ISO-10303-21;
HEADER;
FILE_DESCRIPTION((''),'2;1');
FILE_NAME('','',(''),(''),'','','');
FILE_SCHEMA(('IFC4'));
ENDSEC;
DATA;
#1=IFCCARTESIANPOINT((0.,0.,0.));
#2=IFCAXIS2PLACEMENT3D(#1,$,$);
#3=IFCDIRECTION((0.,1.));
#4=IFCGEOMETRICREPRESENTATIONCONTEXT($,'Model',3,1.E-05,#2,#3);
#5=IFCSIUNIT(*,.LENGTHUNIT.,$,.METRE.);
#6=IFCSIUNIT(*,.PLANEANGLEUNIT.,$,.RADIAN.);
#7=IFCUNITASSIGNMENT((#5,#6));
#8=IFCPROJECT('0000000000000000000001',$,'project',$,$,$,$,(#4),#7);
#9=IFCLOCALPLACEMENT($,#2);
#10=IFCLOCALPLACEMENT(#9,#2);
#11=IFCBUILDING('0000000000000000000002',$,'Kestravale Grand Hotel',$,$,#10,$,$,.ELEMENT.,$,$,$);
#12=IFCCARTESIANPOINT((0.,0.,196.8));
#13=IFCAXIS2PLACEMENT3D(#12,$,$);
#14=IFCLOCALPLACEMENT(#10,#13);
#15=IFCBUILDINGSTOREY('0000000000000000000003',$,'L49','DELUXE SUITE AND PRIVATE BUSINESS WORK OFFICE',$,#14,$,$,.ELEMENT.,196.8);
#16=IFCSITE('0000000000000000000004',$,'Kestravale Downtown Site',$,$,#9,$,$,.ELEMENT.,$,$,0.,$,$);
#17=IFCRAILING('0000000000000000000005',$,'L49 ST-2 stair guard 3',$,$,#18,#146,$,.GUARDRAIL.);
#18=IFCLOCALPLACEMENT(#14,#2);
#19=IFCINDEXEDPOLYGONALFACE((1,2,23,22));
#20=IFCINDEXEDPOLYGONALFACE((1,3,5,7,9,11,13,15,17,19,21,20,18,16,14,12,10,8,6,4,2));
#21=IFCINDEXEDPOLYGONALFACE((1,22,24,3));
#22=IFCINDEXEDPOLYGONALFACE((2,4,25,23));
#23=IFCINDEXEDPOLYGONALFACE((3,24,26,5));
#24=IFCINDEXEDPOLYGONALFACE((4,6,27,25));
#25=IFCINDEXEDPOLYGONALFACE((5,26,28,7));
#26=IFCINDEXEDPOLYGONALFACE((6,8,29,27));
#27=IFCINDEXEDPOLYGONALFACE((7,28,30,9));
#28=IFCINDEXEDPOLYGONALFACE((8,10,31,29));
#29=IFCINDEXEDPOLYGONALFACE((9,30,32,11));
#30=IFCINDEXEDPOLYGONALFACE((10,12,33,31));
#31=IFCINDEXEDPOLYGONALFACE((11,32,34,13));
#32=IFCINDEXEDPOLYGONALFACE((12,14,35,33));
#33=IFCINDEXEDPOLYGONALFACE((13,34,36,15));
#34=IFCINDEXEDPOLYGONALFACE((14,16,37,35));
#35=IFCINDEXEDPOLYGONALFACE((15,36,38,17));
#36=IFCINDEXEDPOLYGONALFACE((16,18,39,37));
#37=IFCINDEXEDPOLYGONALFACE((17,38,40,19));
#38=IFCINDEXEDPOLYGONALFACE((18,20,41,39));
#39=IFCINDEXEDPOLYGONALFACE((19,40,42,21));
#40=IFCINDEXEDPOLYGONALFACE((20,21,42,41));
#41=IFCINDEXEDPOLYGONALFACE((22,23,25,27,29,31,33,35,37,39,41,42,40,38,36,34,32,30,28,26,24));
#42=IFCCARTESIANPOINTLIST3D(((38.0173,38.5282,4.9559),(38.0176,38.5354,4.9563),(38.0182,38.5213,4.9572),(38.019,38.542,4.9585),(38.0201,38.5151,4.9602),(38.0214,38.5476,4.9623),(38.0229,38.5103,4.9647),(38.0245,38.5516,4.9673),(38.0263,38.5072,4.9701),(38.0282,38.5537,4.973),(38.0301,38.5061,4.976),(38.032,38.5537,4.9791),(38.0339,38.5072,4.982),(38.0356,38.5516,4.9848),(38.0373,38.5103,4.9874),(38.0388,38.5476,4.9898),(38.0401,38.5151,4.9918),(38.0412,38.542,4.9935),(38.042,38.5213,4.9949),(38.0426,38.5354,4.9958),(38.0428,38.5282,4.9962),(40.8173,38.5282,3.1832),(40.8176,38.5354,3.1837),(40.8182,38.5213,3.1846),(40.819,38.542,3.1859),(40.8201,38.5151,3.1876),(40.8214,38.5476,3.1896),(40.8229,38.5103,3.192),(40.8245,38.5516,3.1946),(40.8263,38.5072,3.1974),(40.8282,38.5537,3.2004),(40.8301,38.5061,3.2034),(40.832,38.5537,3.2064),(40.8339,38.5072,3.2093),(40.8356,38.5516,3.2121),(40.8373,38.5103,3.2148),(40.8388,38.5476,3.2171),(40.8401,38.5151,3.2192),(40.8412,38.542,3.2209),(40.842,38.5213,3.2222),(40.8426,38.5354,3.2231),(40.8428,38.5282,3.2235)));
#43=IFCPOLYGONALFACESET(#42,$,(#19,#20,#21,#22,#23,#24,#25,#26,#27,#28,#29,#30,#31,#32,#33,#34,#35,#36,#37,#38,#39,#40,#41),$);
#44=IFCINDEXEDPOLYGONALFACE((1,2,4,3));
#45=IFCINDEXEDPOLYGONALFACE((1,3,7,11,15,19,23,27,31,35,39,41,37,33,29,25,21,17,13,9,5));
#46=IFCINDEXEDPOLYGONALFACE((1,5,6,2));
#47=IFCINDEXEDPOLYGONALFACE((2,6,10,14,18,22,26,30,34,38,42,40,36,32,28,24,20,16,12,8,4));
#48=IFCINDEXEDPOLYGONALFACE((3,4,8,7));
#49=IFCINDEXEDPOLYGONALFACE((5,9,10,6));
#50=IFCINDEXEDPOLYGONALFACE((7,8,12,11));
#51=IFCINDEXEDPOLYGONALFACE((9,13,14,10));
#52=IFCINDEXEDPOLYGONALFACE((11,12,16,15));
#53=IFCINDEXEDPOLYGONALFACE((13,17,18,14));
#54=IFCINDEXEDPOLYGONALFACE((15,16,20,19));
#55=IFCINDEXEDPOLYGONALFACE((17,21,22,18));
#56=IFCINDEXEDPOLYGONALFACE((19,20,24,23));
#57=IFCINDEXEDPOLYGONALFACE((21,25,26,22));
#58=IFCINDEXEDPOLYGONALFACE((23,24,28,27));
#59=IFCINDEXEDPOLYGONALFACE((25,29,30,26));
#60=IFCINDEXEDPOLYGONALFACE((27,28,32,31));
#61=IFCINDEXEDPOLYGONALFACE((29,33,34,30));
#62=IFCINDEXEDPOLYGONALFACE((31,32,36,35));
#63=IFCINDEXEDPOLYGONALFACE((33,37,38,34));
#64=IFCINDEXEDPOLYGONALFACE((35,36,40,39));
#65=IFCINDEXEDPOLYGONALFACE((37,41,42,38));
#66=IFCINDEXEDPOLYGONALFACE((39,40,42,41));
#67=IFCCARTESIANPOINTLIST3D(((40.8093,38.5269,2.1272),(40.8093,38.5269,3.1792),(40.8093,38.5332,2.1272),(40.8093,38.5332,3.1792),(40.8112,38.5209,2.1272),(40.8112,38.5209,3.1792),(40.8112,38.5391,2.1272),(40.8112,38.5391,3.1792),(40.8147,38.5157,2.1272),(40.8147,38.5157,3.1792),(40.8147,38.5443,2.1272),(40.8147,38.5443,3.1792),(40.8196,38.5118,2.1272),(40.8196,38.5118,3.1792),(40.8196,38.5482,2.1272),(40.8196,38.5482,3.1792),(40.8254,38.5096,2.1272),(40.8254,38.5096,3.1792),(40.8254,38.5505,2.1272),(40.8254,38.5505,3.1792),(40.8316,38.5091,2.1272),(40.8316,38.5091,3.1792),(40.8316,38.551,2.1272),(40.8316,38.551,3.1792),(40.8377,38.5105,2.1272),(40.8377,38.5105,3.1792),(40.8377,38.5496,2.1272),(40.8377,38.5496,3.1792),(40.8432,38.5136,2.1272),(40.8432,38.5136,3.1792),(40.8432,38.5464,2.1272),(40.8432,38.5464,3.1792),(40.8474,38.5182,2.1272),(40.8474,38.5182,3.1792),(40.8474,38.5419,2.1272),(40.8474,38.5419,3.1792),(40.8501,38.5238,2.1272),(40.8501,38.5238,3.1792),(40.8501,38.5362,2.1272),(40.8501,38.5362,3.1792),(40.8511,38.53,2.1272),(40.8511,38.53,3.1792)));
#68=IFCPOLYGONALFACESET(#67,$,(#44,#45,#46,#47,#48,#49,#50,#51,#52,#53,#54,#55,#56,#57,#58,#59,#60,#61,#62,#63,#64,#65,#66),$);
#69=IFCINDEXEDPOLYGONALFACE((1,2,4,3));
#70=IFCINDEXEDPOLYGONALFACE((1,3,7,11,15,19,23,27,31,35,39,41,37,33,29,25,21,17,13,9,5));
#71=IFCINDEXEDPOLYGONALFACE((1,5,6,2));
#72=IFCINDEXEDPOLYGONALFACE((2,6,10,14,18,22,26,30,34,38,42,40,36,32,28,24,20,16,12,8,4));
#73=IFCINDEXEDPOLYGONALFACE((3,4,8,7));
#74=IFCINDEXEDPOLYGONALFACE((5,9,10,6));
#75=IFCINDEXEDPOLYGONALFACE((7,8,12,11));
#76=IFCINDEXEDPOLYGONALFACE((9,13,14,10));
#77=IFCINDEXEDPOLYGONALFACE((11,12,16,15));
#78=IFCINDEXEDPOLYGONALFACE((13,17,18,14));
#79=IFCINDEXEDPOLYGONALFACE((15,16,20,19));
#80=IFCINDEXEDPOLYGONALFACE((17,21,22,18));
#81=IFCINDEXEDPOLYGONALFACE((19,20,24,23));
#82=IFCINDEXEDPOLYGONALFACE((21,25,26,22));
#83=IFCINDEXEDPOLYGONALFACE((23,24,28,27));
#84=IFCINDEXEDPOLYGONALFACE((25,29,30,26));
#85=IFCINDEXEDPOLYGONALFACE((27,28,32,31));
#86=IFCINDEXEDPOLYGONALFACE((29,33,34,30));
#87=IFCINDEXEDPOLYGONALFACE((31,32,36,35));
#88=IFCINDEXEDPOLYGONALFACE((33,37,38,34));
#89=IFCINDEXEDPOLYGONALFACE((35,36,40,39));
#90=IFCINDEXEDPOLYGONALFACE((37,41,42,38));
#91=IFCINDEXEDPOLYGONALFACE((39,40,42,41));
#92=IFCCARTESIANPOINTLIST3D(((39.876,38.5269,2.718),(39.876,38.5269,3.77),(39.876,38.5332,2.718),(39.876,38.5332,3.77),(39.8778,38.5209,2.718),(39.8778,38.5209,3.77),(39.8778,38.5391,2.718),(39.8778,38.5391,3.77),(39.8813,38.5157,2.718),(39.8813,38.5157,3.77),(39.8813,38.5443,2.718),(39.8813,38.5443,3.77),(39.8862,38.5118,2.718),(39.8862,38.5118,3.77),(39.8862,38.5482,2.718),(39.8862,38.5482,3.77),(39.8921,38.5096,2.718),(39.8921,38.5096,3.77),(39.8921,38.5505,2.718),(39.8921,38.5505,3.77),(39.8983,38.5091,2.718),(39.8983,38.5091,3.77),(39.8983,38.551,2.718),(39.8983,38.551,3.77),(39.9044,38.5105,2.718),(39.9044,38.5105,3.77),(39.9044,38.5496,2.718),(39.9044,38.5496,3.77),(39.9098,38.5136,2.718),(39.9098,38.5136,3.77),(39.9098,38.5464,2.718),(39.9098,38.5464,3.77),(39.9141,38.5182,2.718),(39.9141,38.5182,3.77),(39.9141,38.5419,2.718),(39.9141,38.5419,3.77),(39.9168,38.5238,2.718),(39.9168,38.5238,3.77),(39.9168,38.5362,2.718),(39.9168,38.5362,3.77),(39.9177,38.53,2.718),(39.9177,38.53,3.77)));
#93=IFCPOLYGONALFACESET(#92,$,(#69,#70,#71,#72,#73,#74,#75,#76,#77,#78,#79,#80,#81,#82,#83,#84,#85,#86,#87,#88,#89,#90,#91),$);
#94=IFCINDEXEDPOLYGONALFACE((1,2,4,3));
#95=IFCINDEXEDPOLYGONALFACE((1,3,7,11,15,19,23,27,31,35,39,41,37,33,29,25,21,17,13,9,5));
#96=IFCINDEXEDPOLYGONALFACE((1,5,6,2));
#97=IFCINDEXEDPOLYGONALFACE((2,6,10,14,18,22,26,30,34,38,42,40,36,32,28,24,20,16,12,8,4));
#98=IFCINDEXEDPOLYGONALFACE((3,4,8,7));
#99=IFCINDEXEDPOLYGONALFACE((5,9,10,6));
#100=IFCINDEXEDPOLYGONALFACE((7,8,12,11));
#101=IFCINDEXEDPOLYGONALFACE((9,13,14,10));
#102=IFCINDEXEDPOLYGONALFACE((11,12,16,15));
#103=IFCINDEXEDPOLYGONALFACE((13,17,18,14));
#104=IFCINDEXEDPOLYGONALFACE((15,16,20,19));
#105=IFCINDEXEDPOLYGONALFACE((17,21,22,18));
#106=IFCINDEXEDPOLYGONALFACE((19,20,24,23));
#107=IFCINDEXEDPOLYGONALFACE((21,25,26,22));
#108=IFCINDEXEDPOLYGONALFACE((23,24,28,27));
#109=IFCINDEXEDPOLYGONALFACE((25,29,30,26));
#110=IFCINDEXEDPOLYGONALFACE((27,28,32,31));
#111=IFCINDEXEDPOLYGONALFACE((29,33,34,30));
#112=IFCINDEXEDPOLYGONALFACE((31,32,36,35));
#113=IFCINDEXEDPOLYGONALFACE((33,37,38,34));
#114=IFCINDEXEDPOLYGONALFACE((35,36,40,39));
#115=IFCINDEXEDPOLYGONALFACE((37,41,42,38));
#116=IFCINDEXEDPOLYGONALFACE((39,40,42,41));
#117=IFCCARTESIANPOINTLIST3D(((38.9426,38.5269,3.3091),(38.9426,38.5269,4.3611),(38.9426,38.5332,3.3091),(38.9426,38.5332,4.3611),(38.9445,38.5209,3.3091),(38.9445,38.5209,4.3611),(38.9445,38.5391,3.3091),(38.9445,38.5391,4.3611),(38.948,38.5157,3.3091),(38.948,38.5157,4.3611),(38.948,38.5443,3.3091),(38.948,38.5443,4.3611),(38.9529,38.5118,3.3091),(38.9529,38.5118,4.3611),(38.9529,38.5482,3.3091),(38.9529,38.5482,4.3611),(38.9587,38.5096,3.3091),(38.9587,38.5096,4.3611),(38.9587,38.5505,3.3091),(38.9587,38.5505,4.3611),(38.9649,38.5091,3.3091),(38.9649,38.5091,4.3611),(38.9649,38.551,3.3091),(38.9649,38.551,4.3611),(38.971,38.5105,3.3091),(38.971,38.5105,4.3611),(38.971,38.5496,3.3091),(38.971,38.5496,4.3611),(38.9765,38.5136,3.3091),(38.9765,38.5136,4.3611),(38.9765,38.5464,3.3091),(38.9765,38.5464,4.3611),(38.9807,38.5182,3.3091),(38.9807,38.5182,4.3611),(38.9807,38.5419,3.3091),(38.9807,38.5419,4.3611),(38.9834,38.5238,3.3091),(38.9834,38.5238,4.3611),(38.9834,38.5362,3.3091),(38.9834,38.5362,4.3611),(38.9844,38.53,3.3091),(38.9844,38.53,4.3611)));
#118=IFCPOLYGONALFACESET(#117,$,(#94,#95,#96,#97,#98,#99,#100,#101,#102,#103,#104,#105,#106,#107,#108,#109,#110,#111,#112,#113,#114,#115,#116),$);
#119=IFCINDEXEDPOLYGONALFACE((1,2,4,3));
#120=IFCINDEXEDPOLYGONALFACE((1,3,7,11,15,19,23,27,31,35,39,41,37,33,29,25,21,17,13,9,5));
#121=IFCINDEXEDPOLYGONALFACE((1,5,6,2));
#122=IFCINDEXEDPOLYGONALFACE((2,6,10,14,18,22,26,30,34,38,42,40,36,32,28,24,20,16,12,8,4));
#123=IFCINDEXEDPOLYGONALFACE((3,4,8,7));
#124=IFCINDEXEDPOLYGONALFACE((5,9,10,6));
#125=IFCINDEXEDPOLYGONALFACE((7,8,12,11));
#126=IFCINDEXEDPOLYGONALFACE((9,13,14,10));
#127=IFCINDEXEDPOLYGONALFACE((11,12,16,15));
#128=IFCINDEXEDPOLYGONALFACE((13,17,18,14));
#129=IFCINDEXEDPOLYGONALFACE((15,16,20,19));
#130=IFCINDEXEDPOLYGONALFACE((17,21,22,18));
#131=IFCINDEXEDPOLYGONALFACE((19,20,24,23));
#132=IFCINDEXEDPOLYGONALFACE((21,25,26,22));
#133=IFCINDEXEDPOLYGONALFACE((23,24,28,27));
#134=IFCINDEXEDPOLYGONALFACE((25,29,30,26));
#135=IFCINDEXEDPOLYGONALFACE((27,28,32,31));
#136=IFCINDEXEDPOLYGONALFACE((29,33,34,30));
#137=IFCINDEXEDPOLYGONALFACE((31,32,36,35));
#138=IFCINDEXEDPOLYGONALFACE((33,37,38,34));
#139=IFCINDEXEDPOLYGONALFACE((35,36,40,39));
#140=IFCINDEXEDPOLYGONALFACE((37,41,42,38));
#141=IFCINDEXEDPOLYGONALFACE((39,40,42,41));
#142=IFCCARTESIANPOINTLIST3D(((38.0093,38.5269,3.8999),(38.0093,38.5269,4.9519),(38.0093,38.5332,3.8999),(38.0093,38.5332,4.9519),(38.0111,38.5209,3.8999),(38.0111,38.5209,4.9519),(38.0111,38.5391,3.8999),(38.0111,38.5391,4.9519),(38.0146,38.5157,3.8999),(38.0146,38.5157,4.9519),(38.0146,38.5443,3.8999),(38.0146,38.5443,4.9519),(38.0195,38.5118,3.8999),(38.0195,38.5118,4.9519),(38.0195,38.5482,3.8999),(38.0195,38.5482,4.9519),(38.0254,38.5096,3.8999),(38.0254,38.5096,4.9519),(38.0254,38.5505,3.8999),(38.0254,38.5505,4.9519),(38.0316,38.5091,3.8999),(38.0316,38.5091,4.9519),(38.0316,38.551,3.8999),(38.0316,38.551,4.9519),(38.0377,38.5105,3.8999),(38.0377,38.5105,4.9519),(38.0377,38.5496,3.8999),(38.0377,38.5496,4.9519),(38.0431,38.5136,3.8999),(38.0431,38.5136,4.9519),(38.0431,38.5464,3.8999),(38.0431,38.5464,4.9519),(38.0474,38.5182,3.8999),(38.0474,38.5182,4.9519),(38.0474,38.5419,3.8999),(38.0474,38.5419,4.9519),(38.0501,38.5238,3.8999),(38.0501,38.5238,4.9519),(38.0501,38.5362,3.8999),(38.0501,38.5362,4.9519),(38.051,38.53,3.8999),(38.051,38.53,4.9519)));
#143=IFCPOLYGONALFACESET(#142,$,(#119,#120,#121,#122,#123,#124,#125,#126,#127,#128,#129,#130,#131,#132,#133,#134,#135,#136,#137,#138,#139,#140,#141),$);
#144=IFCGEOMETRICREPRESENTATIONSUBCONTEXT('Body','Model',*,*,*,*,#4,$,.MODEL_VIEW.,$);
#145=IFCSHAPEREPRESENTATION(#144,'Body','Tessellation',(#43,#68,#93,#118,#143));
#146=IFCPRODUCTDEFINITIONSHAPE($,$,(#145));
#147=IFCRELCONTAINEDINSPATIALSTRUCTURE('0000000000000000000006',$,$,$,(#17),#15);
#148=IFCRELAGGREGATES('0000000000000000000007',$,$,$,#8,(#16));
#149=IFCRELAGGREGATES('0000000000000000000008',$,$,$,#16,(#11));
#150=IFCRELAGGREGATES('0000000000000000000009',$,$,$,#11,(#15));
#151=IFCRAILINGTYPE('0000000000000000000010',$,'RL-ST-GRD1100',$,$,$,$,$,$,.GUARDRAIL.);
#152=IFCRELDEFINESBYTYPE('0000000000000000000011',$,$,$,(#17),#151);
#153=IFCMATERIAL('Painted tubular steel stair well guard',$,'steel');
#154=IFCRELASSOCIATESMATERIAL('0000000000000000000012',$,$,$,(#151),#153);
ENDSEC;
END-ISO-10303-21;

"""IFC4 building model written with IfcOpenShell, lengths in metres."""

from ifc_helpers import new_model, si_unit, direction, frame, origin, origin_2d, place, context, subcontext, project, spatial, circle, extrude, material, type_object, element, save


model = new_model("IFC4")

# Units and contexts
model_context = context("Model", 3, precision=1e-05, world=origin(), true_north=direction((0.0, 1.0)))
body_context = subcontext(model_context, "Body", "Model", "MODEL_VIEW")
ifc_project = project(units=[si_unit("LENGTHUNIT", "METRE"), si_unit("PLANEANGLEUNIT", "RADIAN")], contexts=[model_context])

# Site, building, storey
site_placement = place(None, origin())
site = spatial("IfcSite", under=ifc_project, at=site_placement, Name="Kestravale Downtown Site", CompositionType="ELEMENT", RefElevation=0.0)
building_placement = place(site_placement, origin())
building = spatial("IfcBuilding", under=site, at=building_placement, Name="Kestravale Grand Hotel", CompositionType="ELEMENT")
storey_placement = place(building_placement, frame((0.0, 0.0, 196.8)))
storey = spatial("IfcBuildingStorey", under=building, at=storey_placement, Name="L49", Description="DELUXE SUITE AND PRIVATE BUSINESS WORK OFFICE", CompositionType="ELEMENT", Elevation=196.8)

# Railing
ifc_material_1 = material(Name="Painted tubular steel stair well guard", Category="steel")
railing_type_1 = type_object("IfcRailingType", Name="RL-ST-GRD1100", PredefinedType="GUARDRAIL", material=ifc_material_1)
railing_1_placement = place(storey_placement, frame((40.8301, 38.53, 2.1272)))
element("IfcRailing", 1, at=railing_1_placement, inside=storey, type_object=railing_type_1, Name="L49 ST-2 stair guard 3", PredefinedType="GUARDRAIL", context=body_context, shape_type="SweptSolid", body=[
    extrude(circle(Radius=0.0239, at=origin_2d()), frame((0.0, 0.0, 1.0762), z_axis=(-0.844909, 0.0, 0.53491), x_axis=(0.0, -1.0, 0.0)), (0.0, 0.0, 1.0), 3.314),
    extrude(circle(Radius=0.021, at=origin_2d()), origin(), (0.0, 0.0, 1.0), 1.052),
    extrude(circle(Radius=0.021, at=origin_2d()), frame((-0.9333, 0.0, 0.5908)), (0.0, 0.0, 1.0), 1.052),
    extrude(circle(Radius=0.021, at=origin_2d()), frame((-1.8667, 0.0, 1.1819)), (0.0, 0.0, 1.0), 1.052),
    extrude(circle(Radius=0.021, at=origin_2d()), frame((-2.8, 0.0, 1.7727)), (0.0, 0.0, 1.0), 1.052),
])

save(model, "model.ifc")
